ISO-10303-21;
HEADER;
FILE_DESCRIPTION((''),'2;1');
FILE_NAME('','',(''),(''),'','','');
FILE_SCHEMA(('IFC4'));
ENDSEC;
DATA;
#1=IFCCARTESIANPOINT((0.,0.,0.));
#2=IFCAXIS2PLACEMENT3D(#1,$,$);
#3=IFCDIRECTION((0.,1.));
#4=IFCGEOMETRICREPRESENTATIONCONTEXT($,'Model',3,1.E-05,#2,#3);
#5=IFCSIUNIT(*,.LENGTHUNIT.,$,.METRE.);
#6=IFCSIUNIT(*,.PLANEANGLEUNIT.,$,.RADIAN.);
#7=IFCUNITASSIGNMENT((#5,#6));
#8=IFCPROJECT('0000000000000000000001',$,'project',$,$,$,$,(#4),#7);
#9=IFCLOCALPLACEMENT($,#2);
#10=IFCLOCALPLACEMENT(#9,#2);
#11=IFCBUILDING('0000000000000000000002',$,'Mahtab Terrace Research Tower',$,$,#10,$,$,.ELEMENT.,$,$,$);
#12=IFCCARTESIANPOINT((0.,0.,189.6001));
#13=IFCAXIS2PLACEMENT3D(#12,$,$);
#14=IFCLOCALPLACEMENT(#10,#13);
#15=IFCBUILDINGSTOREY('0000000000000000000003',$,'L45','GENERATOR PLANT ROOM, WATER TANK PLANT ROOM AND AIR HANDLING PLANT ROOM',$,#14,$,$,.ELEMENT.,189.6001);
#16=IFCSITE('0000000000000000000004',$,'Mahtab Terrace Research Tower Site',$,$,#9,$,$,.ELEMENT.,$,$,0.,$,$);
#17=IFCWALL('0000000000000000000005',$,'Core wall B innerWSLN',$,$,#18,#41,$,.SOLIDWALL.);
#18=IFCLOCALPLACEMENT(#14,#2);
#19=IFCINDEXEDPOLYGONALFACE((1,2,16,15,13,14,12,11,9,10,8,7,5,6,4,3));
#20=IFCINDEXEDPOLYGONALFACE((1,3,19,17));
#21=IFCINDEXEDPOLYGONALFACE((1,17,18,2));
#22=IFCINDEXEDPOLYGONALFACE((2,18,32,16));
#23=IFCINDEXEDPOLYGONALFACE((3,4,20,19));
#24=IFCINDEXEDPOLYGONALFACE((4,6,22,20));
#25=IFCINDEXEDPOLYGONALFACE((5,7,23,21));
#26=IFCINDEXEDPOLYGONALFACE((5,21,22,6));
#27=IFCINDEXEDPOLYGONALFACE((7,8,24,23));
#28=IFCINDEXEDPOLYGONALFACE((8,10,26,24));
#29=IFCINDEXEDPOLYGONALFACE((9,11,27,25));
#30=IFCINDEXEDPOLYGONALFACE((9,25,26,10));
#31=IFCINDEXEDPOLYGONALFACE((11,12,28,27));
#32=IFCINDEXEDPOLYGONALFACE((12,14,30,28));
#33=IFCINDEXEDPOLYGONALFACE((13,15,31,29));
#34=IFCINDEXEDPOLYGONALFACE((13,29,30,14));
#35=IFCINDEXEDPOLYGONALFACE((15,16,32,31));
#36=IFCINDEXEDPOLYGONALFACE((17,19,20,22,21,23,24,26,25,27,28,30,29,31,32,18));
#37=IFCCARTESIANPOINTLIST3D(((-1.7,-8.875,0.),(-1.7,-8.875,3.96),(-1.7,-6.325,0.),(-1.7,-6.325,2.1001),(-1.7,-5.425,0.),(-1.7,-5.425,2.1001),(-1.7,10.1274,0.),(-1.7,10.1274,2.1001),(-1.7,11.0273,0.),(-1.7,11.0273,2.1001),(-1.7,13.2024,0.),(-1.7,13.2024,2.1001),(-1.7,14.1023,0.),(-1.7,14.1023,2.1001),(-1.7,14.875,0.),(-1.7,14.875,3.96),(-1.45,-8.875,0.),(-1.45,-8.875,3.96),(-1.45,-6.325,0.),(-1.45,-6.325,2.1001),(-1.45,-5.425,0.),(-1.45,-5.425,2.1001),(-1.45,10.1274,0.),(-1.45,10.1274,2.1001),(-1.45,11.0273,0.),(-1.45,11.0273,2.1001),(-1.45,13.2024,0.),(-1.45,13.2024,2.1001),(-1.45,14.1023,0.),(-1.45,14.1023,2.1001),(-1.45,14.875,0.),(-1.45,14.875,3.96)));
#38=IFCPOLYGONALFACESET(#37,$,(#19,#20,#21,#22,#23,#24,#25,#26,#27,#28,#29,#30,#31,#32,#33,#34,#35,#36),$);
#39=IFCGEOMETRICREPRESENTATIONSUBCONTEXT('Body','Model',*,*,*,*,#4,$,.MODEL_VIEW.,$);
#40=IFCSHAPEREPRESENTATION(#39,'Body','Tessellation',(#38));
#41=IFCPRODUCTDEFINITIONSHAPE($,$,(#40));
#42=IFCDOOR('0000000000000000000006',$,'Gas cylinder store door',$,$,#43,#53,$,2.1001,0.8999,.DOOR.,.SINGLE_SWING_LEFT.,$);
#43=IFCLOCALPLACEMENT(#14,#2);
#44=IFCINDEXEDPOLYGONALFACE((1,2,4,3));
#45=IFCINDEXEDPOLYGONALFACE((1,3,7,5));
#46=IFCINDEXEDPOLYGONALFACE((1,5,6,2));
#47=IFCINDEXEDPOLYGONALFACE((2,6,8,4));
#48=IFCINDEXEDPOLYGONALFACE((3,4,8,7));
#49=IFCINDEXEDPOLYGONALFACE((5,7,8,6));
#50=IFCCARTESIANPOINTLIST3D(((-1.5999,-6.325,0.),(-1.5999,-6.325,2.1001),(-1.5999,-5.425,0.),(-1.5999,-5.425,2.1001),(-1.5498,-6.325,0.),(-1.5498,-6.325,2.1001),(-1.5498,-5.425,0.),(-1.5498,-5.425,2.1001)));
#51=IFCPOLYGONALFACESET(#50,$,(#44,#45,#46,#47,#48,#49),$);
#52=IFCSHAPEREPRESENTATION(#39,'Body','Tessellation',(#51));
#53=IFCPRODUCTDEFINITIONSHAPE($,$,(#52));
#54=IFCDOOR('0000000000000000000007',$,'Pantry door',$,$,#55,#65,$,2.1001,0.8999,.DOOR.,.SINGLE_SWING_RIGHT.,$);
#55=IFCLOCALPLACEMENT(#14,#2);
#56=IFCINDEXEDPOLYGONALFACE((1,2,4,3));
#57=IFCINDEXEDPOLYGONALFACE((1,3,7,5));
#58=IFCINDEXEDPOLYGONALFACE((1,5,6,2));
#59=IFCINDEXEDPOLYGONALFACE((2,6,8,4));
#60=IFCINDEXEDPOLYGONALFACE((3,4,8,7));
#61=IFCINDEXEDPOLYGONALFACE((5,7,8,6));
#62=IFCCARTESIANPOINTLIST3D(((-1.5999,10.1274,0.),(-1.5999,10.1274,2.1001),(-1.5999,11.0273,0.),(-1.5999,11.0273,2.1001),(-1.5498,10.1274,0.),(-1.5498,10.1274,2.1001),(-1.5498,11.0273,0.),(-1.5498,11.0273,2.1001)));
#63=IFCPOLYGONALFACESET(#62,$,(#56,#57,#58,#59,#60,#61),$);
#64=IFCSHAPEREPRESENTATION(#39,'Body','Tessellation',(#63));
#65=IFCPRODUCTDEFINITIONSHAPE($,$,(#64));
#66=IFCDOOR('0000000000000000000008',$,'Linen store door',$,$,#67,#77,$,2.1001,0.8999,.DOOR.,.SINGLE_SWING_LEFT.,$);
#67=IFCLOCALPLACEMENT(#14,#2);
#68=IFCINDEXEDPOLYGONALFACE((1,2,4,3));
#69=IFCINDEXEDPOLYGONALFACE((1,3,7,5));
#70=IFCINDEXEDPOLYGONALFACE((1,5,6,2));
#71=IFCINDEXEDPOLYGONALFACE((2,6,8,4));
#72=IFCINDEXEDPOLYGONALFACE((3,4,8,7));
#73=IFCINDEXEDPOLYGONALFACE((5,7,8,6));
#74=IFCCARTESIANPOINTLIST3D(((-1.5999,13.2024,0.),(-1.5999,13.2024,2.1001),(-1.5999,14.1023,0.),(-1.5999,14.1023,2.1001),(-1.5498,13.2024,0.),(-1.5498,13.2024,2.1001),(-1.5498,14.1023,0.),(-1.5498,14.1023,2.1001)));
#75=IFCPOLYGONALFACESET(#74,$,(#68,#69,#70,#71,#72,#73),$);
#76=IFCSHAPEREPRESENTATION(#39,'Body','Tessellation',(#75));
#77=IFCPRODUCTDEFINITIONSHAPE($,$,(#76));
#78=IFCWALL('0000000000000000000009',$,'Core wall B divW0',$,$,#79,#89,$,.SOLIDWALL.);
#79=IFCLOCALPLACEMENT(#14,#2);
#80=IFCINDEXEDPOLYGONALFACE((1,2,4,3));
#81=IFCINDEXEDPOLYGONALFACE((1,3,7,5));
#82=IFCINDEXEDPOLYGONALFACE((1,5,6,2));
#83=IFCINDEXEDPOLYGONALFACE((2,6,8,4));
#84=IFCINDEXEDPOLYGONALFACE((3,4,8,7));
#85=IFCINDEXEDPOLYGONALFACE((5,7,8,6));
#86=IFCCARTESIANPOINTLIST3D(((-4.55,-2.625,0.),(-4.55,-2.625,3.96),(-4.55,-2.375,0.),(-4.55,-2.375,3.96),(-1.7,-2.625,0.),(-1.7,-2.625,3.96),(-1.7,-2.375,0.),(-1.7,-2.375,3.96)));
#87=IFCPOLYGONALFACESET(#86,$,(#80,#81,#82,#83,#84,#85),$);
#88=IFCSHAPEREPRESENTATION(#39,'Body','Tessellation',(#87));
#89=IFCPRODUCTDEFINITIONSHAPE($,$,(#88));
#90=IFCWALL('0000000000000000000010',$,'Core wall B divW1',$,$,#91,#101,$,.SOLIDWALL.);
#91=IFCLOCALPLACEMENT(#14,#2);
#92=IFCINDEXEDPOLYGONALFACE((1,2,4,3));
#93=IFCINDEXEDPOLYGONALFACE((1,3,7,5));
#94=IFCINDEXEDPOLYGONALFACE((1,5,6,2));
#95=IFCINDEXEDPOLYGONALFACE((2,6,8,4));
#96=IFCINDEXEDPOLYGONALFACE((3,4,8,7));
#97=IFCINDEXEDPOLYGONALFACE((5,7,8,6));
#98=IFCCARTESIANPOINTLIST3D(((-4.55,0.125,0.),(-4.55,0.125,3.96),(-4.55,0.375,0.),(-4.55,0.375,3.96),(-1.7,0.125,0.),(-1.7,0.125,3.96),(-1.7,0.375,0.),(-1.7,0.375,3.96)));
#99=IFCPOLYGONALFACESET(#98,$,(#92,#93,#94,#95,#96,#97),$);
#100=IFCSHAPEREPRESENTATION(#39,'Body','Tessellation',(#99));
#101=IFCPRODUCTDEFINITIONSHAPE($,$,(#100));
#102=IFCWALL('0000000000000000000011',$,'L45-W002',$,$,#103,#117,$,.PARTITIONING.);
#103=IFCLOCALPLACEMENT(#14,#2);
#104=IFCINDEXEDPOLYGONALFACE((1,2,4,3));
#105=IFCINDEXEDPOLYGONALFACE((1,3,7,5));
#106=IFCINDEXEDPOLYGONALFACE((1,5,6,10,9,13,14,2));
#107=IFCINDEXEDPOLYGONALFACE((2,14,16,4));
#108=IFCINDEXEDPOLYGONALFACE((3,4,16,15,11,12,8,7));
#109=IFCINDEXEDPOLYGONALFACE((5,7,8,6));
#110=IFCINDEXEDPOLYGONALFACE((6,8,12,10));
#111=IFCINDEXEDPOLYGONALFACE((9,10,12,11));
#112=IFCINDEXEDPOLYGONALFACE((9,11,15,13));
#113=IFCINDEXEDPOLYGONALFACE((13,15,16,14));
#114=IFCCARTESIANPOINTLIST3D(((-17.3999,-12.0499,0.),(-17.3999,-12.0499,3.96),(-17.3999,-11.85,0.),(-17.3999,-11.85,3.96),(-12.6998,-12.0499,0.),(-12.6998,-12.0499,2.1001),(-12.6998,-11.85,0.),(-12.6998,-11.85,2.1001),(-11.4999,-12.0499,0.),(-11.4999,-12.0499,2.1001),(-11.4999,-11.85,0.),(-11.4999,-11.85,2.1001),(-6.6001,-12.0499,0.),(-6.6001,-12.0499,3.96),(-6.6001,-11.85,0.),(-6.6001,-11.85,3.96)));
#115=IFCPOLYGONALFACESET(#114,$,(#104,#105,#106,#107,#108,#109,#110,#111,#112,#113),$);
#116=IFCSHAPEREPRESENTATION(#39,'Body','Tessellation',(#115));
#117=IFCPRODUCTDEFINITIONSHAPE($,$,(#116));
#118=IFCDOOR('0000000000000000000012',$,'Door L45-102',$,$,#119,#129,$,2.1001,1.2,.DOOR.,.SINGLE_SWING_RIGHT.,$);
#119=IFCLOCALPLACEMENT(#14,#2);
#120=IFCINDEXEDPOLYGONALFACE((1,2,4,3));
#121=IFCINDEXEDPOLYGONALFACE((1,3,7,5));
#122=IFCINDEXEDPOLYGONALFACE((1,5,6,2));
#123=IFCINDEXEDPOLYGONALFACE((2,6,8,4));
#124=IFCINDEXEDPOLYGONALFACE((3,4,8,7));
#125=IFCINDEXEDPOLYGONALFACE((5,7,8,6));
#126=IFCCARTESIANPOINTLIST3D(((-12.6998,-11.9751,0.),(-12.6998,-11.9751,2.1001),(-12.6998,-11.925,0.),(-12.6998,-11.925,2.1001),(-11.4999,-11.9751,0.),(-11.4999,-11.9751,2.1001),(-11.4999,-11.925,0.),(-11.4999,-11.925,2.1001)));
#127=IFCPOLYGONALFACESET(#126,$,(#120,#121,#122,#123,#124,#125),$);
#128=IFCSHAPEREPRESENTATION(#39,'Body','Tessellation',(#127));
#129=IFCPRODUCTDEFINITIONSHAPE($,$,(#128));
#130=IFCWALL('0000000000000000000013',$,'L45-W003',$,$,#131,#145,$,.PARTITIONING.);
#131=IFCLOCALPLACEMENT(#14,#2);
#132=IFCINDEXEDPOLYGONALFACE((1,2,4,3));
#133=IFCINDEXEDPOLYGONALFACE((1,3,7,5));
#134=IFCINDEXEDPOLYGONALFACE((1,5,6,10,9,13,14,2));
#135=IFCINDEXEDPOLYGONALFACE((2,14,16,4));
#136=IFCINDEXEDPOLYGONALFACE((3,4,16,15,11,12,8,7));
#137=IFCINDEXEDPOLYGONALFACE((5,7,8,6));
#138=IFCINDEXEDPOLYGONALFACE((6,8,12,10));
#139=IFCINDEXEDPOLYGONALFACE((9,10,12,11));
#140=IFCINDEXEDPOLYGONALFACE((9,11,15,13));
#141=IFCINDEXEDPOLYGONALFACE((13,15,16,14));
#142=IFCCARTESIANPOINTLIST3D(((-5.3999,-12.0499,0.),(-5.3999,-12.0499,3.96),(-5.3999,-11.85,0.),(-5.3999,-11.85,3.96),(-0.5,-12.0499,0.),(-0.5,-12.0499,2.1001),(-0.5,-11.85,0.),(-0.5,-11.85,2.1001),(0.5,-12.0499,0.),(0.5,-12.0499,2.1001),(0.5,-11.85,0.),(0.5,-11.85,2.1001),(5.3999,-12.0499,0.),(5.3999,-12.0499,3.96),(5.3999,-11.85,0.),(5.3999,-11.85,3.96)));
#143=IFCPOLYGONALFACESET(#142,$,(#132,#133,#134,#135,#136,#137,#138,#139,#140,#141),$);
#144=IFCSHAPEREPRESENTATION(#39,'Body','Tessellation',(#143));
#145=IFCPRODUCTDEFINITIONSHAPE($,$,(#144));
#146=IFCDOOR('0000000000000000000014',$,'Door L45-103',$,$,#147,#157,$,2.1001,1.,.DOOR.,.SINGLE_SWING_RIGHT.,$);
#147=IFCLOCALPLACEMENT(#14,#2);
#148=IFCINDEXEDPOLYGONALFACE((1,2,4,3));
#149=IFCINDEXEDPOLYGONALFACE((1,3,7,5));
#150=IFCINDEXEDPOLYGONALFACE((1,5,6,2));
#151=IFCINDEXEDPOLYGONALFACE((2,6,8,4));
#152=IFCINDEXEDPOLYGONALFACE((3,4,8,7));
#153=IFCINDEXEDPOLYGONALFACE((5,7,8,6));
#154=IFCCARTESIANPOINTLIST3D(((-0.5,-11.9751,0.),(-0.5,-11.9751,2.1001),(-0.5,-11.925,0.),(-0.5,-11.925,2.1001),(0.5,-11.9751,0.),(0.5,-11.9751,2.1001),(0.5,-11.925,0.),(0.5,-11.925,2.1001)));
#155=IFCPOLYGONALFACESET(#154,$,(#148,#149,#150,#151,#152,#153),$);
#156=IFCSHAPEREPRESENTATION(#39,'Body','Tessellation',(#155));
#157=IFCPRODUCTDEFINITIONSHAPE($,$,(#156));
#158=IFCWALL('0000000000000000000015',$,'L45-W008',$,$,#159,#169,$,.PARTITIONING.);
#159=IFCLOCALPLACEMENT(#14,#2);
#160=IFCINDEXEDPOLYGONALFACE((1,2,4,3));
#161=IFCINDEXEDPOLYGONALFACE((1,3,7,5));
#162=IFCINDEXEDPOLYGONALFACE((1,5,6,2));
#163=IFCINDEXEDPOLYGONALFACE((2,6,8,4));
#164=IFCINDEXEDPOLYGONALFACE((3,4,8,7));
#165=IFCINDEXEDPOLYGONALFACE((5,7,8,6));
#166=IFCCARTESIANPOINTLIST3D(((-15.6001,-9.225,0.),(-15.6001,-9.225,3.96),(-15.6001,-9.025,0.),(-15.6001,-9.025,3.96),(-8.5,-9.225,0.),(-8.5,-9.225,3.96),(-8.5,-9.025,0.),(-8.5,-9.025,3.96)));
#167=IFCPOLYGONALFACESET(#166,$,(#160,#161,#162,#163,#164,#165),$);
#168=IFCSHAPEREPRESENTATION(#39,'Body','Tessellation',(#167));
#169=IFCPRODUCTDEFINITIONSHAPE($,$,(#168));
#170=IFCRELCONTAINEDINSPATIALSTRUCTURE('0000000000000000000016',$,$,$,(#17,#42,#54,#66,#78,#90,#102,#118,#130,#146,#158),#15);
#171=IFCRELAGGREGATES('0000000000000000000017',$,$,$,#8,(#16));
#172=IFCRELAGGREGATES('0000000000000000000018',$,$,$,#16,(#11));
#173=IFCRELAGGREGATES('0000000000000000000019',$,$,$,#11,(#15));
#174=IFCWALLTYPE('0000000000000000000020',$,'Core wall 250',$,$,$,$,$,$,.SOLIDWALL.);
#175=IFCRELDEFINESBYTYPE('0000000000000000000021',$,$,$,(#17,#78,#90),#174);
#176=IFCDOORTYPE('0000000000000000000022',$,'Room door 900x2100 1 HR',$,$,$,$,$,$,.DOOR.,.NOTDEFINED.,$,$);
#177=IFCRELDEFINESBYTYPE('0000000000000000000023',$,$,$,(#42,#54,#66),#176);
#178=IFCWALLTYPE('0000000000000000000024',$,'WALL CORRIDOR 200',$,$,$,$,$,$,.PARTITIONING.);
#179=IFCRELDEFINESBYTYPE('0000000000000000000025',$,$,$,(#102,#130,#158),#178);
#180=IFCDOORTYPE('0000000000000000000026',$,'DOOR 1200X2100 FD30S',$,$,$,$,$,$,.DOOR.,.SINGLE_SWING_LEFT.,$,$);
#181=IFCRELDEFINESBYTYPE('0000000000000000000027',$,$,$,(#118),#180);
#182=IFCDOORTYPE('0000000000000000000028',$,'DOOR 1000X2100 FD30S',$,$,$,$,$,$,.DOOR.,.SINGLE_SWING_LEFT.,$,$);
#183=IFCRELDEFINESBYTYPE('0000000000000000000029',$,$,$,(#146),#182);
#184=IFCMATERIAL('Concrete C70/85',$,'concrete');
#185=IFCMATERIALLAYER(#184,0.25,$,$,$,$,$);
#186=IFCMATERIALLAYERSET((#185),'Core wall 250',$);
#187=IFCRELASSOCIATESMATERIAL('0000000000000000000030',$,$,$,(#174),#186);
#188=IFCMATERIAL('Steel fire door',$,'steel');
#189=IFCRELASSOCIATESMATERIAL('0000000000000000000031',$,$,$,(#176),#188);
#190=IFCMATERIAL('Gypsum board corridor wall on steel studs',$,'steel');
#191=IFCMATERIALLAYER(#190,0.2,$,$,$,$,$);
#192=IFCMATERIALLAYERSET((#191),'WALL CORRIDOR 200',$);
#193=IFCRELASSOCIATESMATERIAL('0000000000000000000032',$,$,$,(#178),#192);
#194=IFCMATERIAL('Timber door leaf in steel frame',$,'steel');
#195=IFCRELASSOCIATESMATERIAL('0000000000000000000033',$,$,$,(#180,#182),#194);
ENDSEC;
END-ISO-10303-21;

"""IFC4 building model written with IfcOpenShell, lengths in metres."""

from ifc_helpers import new_model, si_unit, direction, frame, frame_2d, origin, place, context, subcontext, project, spatial, rectangle, extrude, material, layer, layer_set, type_object, element, fill, save


model = new_model("IFC4")

# Units and contexts
model_context = context("Model", 3, precision=1e-05, world=origin(), true_north=direction((0.0, 1.0)))
body_context = subcontext(model_context, "Body", "Model", "MODEL_VIEW")
ifc_project = project(units=[si_unit("LENGTHUNIT", "METRE"), si_unit("PLANEANGLEUNIT", "RADIAN")], contexts=[model_context])

# Site, building, storey
site_placement = place(None, origin())
site = spatial("IfcSite", under=ifc_project, at=site_placement, Name="Mahtab Terrace Research Tower Site", CompositionType="ELEMENT", RefElevation=0.0)
building_placement = place(site_placement, origin())
building = spatial("IfcBuilding", under=site, at=building_placement, Name="Mahtab Terrace Research Tower", CompositionType="ELEMENT")
storey_placement = place(building_placement, frame((0.0, 0.0, 189.6001)))
storey = spatial("IfcBuildingStorey", under=building, at=storey_placement, Name="L45", Description="GENERATOR PLANT ROOM, WATER TANK PLANT ROOM AND AIR HANDLING PLANT ROOM", CompositionType="ELEMENT", Elevation=189.6001)

# Shared definitions
ifc_material_1 = material(Name="Concrete C70/85", Category="concrete")

# Wall, openings, doors
ifc_layer_1 = layer(ifc_material_1, 0.25)
ifc_layer_set_1 = layer_set([ifc_layer_1], Name="Core wall 250")
wall_type_1 = type_object("IfcWallType", Name="Core wall 250", PredefinedType="SOLIDWALL", material=ifc_layer_set_1)
wall_1_placement = place(storey_placement, frame((-1.575, -8.875, 0.0), z_axis=(0.0, 0.0, 1.0), x_axis=(0.0, 1.0, 0.0)))
wall_1 = element("IfcWall", 1, at=wall_1_placement, inside=storey, type_object=wall_type_1, Name="Core wall B innerWSLN", PredefinedType="SOLIDWALL", context=body_context, shape_type="SweptSolid", body=[
    extrude(rectangle(XDim=23.75, YDim=0.25, at=frame_2d((11.875, 0.0))), origin(), (0.0, 0.0, 1.0), 3.96),
])
opening_1_placement = place(wall_1_placement, frame((2.55, 0.0, 0.0)))
opening_1 = element("IfcOpeningElement", 2, at=opening_1_placement, cuts=wall_1, PredefinedType="OPENING", context=body_context, shape_type="SweptSolid", body=[
    extrude(rectangle(XDim=0.8999, YDim=2.1001, at=frame_2d((0.45, 1.05))), frame((0.0, 0.135, 0.0), z_axis=(0.0, -1.0, 0.0), x_axis=(1.0, 0.0, 0.0)), (0.0, 0.0, 1.0), 0.27),
])
opening_2_placement = place(wall_1_placement, frame((19.0024, 0.0, 0.0)))
opening_2 = element("IfcOpeningElement", 3, at=opening_2_placement, cuts=wall_1, PredefinedType="OPENING", context=body_context, shape_type="SweptSolid", body=[
    extrude(rectangle(XDim=0.8999, YDim=2.1001, at=frame_2d((0.45, 1.05))), frame((0.0, 0.135, 0.0), z_axis=(0.0, -1.0, 0.0), x_axis=(1.0, 0.0, 0.0)), (0.0, 0.0, 1.0), 0.27),
])
opening_3_placement = place(wall_1_placement, frame((22.0774, 0.0, 0.0)))
opening_3 = element("IfcOpeningElement", 4, at=opening_3_placement, cuts=wall_1, PredefinedType="OPENING", context=body_context, shape_type="SweptSolid", body=[
    extrude(rectangle(XDim=0.8999, YDim=2.1001, at=frame_2d((0.45, 1.05))), frame((0.0, 0.135, 0.0), z_axis=(0.0, -1.0, 0.0), x_axis=(1.0, 0.0, 0.0)), (0.0, 0.0, 1.0), 0.27),
])
ifc_material_2 = material(Name="Steel fire door", Category="steel")
door_type_1 = type_object("IfcDoorType", Name="Room door 900x2100 1 HR", OperationType="NOTDEFINED", PredefinedType="DOOR", material=ifc_material_2)
door_1_placement = place(opening_1_placement, origin())
door_1 = element("IfcDoor", 5, at=door_1_placement, inside=storey, type_object=door_type_1, Name="Gas cylinder store door", OperationType="SINGLE_SWING_LEFT", OverallHeight=2.1001, OverallWidth=0.8999, PredefinedType="DOOR", context=body_context, shape_type="SweptSolid", body=[
    extrude(rectangle(XDim=0.8999, YDim=2.1001, at=frame_2d((0.45, 1.05))), frame((0.0, 0.0249, 0.0), z_axis=(0.0, -1.0, 0.0), x_axis=(1.0, 0.0, 0.0)), (0.0, 0.0, 1.0), 0.05),
])
fill(opening_1, door_1)
door_2_placement = place(opening_2_placement, origin())
door_2 = element("IfcDoor", 6, at=door_2_placement, inside=storey, type_object=door_type_1, Name="Pantry door", OperationType="SINGLE_SWING_RIGHT", OverallHeight=2.1001, OverallWidth=0.8999, PredefinedType="DOOR", context=body_context, shape_type="SweptSolid", body=[
    extrude(rectangle(XDim=0.8999, YDim=2.1001, at=frame_2d((0.45, 1.05))), frame((0.0, 0.0249, 0.0), z_axis=(0.0, -1.0, 0.0), x_axis=(1.0, 0.0, 0.0)), (0.0, 0.0, 1.0), 0.05),
])
fill(opening_2, door_2)
door_3_placement = place(opening_3_placement, origin())
door_3 = element("IfcDoor", 7, at=door_3_placement, inside=storey, type_object=door_type_1, Name="Linen store door", OperationType="SINGLE_SWING_LEFT", OverallHeight=2.1001, OverallWidth=0.8999, PredefinedType="DOOR", context=body_context, shape_type="SweptSolid", body=[
    extrude(rectangle(XDim=0.8999, YDim=2.1001, at=frame_2d((0.45, 1.05))), frame((0.0, 0.0249, 0.0), z_axis=(0.0, -1.0, 0.0), x_axis=(1.0, 0.0, 0.0)), (0.0, 0.0, 1.0), 0.05),
])
fill(opening_3, door_3)

# Walls
for number, where, z_axis, x_axis, name in (
    (8, (-4.55, -2.5, 0.0), (0.0, 0.0, 1.0), (1.0, 0.0, 0.0), "Core wall B divW0"),
    (9, (-4.55, 0.25, 0.0), (0.0, 0.0, 1.0), (1.0, 0.0, 0.0), "Core wall B divW1"),
):
    element("IfcWall", number, at=place(storey_placement, frame(where, z_axis=z_axis, x_axis=x_axis)), inside=storey, type_object=wall_type_1, Name=name, PredefinedType="SOLIDWALL", context=body_context, shape_type="SweptSolid", body=[
        extrude(rectangle(XDim=2.8501, YDim=0.25, at=frame_2d((1.425, 0.0))), origin(), (0.0, 0.0, 1.0), 3.96),
    ])

# Walls, openings, doors
ifc_material_3 = material(Name="Gypsum board corridor wall on steel studs", Category="steel")
ifc_layer_2 = layer(ifc_material_3, 0.2)
ifc_layer_set_2 = layer_set([ifc_layer_2], Name="WALL CORRIDOR 200")
wall_type_2 = type_object("IfcWallType", Name="WALL CORRIDOR 200", PredefinedType="PARTITIONING", material=ifc_layer_set_2)
wall_2_placement = place(storey_placement, frame((-17.3999, -11.95, 0.0), z_axis=(0.0, 0.0, 1.0), x_axis=(1.0, 0.0, 0.0)))
wall_2 = element("IfcWall", 10, at=wall_2_placement, inside=storey, type_object=wall_type_2, Name="L45-W002", PredefinedType="PARTITIONING", context=body_context, shape_type="SweptSolid", body=[
    extrude(rectangle(XDim=10.7998, YDim=0.2, at=frame_2d((5.3999, 0.0))), origin(), (0.0, 0.0, 1.0), 3.96),
])
opening_4_placement = place(wall_2_placement, frame((4.7, 0.0, 0.0)))
opening_4 = element("IfcOpeningElement", 11, at=opening_4_placement, cuts=wall_2, PredefinedType="OPENING", context=body_context, shape_type="SweptSolid", body=[
    extrude(rectangle(XDim=1.2, YDim=2.1001, at=frame_2d((0.6001, 1.05))), frame((0.0, 0.1099, 0.0), z_axis=(0.0, -1.0, 0.0), x_axis=(1.0, 0.0, 0.0)), (0.0, 0.0, 1.0), 0.22),
])
ifc_material_4 = material(Name="Timber door leaf in steel frame", Category="steel")
door_type_2 = type_object("IfcDoorType", Name="DOOR 1200X2100 FD30S", OperationType="SINGLE_SWING_LEFT", PredefinedType="DOOR", material=ifc_material_4)
door_4_placement = place(opening_4_placement, origin())
door_4 = element("IfcDoor", 12, at=door_4_placement, inside=storey, type_object=door_type_2, Name="Door L45-102", OperationType="SINGLE_SWING_RIGHT", OverallHeight=2.1001, OverallWidth=1.2, PredefinedType="DOOR", context=body_context, shape_type="SweptSolid", body=[
    extrude(rectangle(XDim=1.2, YDim=2.1001, at=frame_2d((0.6001, 1.05))), frame((0.0, 0.0249, 0.0), z_axis=(0.0, -1.0, 0.0), x_axis=(1.0, 0.0, 0.0)), (0.0, 0.0, 1.0), 0.05),
])
fill(opening_4, door_4)
wall_3_placement = place(storey_placement, frame((-5.3999, -11.95, 0.0), z_axis=(0.0, 0.0, 1.0), x_axis=(1.0, 0.0, 0.0)))
wall_3 = element("IfcWall", 13, at=wall_3_placement, inside=storey, type_object=wall_type_2, Name="L45-W003", PredefinedType="PARTITIONING", context=body_context, shape_type="SweptSolid", body=[
    extrude(rectangle(XDim=10.7998, YDim=0.2, at=frame_2d((5.3999, 0.0))), origin(), (0.0, 0.0, 1.0), 3.96),
])
opening_5_placement = place(wall_3_placement, frame((4.8999, 0.0, 0.0)))
opening_5 = element("IfcOpeningElement", 14, at=opening_5_placement, cuts=wall_3, PredefinedType="OPENING", context=body_context, shape_type="SweptSolid", body=[
    extrude(rectangle(XDim=1.0, YDim=2.1001, at=frame_2d((0.5, 1.05))), frame((0.0, 0.1099, 0.0), z_axis=(0.0, -1.0, 0.0), x_axis=(1.0, 0.0, 0.0)), (0.0, 0.0, 1.0), 0.22),
])
door_type_3 = type_object("IfcDoorType", Name="DOOR 1000X2100 FD30S", OperationType="SINGLE_SWING_LEFT", PredefinedType="DOOR", material=ifc_material_4)
door_5_placement = place(opening_5_placement, origin())
door_5 = element("IfcDoor", 15, at=door_5_placement, inside=storey, type_object=door_type_3, Name="Door L45-103", OperationType="SINGLE_SWING_RIGHT", OverallHeight=2.1001, OverallWidth=1.0, PredefinedType="DOOR", context=body_context, shape_type="SweptSolid", body=[
    extrude(rectangle(XDim=1.0, YDim=2.1001, at=frame_2d((0.5, 1.05))), frame((0.0, 0.0249, 0.0), z_axis=(0.0, -1.0, 0.0), x_axis=(1.0, 0.0, 0.0)), (0.0, 0.0, 1.0), 0.05),
])
fill(opening_5, door_5)

# Wall
wall_4_placement = place(storey_placement, frame((-15.6001, -9.125, 0.0), z_axis=(0.0, 0.0, 1.0), x_axis=(1.0, 0.0, 0.0)))
element("IfcWall", 16, at=wall_4_placement, inside=storey, type_object=wall_type_2, Name="L45-W008", PredefinedType="PARTITIONING", context=body_context, shape_type="SweptSolid", body=[
    extrude(rectangle(XDim=7.1001, YDim=0.2, at=frame_2d((3.55, 0.0))), origin(), (0.0, 0.0, 1.0), 3.96),
])

save(model, "model.ifc")
